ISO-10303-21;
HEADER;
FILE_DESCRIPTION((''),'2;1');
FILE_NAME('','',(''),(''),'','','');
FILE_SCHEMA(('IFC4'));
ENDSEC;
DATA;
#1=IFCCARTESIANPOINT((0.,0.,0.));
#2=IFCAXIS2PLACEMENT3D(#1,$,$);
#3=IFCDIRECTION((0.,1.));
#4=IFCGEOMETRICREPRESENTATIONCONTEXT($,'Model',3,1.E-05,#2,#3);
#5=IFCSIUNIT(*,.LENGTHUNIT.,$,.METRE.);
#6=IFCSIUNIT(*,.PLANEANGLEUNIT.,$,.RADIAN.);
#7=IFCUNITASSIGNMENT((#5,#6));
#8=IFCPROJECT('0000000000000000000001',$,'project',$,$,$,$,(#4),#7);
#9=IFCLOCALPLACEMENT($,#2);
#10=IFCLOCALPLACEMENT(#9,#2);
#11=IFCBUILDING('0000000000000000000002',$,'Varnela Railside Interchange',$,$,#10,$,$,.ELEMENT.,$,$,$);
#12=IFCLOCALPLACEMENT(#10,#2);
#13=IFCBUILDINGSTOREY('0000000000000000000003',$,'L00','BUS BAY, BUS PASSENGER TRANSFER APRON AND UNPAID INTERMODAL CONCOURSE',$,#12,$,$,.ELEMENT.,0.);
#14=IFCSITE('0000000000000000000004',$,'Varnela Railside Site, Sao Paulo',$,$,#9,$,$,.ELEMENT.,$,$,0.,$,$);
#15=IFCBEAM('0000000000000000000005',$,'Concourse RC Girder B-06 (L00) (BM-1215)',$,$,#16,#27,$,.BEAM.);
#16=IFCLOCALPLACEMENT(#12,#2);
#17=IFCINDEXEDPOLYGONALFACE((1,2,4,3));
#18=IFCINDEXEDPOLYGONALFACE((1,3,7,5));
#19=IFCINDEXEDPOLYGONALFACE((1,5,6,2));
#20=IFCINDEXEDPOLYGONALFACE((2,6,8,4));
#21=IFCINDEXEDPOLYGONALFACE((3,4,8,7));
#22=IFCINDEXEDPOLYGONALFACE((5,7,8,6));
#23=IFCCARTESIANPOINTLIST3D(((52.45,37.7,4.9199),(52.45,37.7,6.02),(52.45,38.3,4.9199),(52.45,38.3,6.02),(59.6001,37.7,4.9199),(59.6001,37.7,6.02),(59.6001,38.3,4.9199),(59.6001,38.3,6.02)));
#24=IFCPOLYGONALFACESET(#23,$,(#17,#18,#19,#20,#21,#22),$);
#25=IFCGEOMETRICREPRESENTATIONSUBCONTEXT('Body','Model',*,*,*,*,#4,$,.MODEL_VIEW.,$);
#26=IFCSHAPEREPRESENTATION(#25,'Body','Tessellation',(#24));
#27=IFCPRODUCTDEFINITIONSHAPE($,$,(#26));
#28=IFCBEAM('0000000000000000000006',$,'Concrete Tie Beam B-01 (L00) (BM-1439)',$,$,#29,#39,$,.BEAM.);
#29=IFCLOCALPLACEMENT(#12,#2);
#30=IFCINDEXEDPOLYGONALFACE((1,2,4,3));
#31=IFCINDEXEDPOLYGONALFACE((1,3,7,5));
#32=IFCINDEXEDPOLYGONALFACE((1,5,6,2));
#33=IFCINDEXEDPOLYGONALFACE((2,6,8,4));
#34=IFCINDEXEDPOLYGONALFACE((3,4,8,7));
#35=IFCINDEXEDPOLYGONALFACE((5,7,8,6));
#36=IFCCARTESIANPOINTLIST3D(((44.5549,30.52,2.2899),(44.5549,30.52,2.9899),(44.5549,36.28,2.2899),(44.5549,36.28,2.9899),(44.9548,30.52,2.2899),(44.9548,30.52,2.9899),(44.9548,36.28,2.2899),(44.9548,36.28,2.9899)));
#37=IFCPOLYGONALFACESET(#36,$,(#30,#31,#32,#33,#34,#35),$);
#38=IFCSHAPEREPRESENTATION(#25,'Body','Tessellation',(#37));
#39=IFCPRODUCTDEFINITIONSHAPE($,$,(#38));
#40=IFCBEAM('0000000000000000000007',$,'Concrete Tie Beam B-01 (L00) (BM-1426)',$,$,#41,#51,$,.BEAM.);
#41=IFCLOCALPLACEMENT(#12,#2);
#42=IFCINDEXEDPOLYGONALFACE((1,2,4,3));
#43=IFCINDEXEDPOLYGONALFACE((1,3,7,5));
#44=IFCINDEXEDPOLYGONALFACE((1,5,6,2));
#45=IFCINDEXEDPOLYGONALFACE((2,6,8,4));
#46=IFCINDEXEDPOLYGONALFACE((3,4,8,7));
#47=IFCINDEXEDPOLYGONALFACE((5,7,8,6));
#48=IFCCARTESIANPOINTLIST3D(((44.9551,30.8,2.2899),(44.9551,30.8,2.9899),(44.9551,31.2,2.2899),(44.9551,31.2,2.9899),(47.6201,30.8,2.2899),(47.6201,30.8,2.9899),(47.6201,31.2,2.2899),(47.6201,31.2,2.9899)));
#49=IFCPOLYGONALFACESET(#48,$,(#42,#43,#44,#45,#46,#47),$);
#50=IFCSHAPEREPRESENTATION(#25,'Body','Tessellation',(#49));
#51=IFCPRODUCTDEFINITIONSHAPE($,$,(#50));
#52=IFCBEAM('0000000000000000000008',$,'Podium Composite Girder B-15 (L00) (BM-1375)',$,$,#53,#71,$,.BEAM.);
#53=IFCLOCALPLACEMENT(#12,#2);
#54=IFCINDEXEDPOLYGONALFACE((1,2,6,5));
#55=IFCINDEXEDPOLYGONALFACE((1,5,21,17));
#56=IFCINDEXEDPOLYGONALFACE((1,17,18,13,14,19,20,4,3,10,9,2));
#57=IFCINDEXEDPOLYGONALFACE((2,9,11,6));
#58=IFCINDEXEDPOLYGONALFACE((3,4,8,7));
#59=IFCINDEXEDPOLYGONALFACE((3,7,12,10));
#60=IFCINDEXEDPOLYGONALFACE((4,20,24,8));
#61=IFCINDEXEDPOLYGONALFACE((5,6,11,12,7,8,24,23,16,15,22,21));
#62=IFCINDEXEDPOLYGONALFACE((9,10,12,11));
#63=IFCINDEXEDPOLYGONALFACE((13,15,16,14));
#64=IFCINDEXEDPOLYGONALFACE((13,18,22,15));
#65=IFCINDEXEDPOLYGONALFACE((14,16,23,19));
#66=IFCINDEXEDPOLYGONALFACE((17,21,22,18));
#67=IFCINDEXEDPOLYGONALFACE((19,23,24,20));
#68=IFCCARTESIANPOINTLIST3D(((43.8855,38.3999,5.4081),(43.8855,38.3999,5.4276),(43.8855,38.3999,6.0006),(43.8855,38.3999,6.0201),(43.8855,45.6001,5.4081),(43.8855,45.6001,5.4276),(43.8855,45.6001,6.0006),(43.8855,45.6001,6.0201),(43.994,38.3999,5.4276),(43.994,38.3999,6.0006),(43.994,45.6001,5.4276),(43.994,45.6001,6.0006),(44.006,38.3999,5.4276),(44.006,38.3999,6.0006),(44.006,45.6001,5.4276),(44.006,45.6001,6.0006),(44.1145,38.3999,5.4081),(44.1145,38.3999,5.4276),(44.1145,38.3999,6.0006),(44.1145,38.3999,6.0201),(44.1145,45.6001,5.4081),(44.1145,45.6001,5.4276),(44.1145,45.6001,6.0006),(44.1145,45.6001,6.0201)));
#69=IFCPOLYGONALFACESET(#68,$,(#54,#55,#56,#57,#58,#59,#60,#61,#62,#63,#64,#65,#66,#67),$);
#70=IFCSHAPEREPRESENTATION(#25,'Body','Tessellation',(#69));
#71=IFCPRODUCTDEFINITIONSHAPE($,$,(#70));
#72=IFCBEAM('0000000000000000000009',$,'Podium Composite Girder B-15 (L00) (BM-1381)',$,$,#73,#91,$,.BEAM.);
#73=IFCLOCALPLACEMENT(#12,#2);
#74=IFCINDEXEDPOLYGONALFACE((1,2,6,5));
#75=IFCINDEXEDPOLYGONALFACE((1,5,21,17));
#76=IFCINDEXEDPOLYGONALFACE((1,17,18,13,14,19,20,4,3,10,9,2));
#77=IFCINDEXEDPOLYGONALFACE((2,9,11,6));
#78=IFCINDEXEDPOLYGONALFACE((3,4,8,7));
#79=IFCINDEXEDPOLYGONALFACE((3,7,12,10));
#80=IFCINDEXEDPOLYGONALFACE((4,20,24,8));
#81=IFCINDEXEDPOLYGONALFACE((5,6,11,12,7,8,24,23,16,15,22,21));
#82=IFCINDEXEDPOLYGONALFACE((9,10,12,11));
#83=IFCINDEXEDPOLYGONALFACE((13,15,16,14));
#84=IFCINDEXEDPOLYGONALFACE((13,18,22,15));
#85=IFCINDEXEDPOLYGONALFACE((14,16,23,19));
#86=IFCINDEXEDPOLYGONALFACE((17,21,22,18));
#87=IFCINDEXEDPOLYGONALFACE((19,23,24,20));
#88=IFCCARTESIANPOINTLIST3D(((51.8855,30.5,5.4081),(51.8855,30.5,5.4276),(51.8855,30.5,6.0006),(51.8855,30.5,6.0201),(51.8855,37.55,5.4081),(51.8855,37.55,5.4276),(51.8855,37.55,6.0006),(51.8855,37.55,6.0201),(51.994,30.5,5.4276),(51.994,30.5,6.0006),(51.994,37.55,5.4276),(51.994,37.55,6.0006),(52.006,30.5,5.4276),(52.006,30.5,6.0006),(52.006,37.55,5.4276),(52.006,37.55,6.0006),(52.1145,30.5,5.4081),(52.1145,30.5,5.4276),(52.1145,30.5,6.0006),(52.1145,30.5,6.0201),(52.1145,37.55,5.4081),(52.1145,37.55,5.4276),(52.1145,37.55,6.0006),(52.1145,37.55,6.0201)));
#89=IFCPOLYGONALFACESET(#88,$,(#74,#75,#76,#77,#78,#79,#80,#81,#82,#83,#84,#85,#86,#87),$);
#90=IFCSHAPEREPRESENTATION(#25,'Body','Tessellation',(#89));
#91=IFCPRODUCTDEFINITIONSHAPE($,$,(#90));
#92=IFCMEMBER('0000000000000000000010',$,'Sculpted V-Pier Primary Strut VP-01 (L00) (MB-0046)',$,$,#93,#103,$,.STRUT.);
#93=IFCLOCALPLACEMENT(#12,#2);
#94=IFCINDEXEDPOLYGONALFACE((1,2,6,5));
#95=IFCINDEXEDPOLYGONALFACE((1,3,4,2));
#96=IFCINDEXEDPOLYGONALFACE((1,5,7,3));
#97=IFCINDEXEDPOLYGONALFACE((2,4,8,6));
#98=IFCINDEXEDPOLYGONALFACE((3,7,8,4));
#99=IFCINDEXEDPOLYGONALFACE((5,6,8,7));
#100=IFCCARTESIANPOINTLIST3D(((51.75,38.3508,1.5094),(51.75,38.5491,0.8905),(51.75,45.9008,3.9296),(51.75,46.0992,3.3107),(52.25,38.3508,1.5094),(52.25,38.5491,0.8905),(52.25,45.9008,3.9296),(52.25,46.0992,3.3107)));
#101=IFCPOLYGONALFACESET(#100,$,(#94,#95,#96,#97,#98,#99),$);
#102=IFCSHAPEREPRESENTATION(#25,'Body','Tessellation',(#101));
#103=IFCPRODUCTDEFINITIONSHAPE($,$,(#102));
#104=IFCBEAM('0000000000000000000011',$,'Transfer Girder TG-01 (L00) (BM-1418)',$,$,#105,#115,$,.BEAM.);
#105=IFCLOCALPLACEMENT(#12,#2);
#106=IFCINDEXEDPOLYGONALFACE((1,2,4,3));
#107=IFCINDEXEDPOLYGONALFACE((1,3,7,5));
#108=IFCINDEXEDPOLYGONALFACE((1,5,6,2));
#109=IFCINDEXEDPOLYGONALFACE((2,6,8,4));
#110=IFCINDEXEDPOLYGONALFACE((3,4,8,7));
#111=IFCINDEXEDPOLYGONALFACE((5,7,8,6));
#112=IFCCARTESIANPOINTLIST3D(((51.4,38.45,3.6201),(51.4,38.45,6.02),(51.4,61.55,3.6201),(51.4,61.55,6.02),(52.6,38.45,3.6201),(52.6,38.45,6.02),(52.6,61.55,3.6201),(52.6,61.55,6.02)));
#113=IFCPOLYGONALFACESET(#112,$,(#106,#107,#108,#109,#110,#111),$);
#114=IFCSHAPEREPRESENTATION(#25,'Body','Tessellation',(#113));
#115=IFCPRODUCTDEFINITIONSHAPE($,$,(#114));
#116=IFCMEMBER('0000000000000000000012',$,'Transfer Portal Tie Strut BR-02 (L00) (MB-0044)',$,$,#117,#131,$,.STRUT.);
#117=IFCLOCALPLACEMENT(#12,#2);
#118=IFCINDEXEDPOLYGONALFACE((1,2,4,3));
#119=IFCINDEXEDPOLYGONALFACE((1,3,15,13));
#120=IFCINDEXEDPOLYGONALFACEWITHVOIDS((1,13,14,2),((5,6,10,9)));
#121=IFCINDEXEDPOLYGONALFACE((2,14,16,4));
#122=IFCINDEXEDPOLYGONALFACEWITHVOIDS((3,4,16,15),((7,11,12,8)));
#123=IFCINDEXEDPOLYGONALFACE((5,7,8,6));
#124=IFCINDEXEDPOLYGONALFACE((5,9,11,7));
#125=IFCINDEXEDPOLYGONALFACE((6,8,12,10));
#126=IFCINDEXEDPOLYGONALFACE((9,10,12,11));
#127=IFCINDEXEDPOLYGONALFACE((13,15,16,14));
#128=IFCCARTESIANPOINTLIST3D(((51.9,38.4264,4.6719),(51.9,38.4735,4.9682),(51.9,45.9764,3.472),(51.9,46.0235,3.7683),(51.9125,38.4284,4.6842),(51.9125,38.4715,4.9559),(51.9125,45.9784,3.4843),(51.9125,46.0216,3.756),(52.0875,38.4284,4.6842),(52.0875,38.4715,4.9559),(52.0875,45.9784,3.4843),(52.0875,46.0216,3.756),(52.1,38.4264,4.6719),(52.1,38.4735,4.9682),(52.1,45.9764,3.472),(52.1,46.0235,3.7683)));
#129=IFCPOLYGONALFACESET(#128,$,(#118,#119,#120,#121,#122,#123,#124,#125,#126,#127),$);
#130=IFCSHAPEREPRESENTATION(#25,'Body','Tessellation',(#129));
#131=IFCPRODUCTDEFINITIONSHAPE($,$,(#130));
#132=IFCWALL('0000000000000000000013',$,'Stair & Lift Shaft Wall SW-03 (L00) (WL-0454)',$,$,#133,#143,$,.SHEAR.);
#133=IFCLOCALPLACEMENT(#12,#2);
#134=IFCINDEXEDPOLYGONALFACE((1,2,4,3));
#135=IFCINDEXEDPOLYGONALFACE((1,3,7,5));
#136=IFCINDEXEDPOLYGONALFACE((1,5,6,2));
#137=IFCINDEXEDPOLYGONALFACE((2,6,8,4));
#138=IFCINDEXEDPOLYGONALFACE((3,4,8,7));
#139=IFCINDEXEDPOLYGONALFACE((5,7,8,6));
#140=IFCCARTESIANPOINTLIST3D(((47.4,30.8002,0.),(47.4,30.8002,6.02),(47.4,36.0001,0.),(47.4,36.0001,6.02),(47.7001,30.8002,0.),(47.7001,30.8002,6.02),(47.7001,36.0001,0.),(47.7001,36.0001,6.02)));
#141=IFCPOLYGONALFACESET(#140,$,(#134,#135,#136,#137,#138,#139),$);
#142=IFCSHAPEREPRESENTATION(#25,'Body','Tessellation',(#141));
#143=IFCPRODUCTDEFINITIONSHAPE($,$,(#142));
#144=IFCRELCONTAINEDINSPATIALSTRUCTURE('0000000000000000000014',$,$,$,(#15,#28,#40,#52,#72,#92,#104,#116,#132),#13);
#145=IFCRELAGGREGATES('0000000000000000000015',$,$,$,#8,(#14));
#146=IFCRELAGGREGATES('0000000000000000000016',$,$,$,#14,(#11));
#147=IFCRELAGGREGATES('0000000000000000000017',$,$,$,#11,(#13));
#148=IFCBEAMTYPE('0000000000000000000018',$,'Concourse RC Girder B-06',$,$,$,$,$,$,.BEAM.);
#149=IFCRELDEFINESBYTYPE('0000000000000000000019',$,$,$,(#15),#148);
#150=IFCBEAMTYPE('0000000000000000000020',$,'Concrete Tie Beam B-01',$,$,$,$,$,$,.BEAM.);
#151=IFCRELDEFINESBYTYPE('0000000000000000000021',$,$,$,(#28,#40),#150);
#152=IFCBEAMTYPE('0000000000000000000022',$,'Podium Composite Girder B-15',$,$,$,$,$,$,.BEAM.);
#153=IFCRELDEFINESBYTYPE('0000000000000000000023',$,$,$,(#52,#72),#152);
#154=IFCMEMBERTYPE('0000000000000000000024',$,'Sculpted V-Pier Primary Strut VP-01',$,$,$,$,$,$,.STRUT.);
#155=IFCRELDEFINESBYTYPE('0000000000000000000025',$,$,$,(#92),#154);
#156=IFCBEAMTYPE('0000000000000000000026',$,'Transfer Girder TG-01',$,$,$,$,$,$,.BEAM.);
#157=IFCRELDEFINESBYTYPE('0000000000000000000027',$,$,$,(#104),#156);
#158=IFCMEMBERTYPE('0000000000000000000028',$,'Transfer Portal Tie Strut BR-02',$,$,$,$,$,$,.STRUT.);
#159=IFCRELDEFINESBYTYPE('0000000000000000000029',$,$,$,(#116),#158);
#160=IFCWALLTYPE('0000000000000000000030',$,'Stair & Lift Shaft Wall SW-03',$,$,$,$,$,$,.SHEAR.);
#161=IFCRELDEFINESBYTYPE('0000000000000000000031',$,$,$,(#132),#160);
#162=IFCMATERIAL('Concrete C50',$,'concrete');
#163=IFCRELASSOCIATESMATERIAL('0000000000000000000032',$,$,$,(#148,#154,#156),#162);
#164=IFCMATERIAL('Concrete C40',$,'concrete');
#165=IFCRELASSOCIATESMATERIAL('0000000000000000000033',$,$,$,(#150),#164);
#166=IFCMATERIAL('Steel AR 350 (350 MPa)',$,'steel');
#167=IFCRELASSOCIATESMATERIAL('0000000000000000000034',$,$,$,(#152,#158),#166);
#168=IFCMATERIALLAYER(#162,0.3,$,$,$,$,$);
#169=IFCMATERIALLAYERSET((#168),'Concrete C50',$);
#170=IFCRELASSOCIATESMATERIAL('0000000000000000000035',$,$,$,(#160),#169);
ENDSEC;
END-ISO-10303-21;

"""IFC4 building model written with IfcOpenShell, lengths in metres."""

from ifc_helpers import new_model, si_unit, direction, frame, frame_2d, origin, origin_2d, place, context, subcontext, project, spatial, rectangle, hollow_rectangle, i_section, extrude, material, layer, layer_set, material_profile, profile_set, type_object, element, save


model = new_model("IFC4")

# Units and contexts
model_context = context("Model", 3, precision=1e-05, world=origin(), true_north=direction((0.0, 1.0)))
body_context = subcontext(model_context, "Body", "Model", "MODEL_VIEW")
ifc_project = project(units=[si_unit("LENGTHUNIT", "METRE"), si_unit("PLANEANGLEUNIT", "RADIAN")], contexts=[model_context])

# Site, building, storey
site_placement = place(None, origin())
site = spatial("IfcSite", under=ifc_project, at=site_placement, Name="Varnela Railside Site, Sao Paulo", CompositionType="ELEMENT", RefElevation=0.0)
building_placement = place(site_placement, origin())
building = spatial("IfcBuilding", under=site, at=building_placement, Name="Varnela Railside Interchange", CompositionType="ELEMENT")
storey_placement = place(building_placement, origin())
storey = spatial("IfcBuildingStorey", under=building, at=storey_placement, Name="L00", Description="BUS BAY, BUS PASSENGER TRANSFER APRON AND UNPAID INTERMODAL CONCOURSE", CompositionType="ELEMENT", Elevation=0.0)

# Shared definitions
ifc_material_1 = material(Name="Concrete C50", Category="concrete")

# Beams
ifc_material_2 = material(Name="Steel AR 350 (350 MPa)", Category="steel")
ifc_material_profile_1 = material_profile(ifc_material_1, rectangle(XDim=0.6001, YDim=1.1001, at=origin_2d()), Name="RC 600x1100")
ifc_profile_set_1 = profile_set([ifc_material_profile_1], Name="Concrete C50")
beam_type_1 = type_object("IfcBeamType", Name="Concourse RC Girder B-06", PredefinedType="BEAM", material=ifc_profile_set_1)
for number, where, z_axis, x_axis, name in (
    (1, (52.45, 38.0, 5.47), (1.0, 0.0, 0.0), (0.0, 1.0, 0.0), "Concourse RC Girder B-06 (L00) (BM-1215)"),
):
    element("IfcBeam", number, at=place(storey_placement, frame(where, z_axis=z_axis, x_axis=x_axis)), inside=storey, type_object=beam_type_1, Name=name, PredefinedType="BEAM", context=body_context, shape_type="SweptSolid", body=[
        extrude(rectangle(XDim=0.6001, YDim=1.1001, at=origin_2d()), origin(), (0.0, 0.0, 1.0), 7.1501),
    ])
ifc_material_3 = material(Name="Concrete C40", Category="concrete")
ifc_material_profile_2 = material_profile(ifc_material_3, rectangle(XDim=0.3999, YDim=0.7, at=origin_2d()), Name="RC 400x700")
ifc_profile_set_2 = profile_set([ifc_material_profile_2], Name="Concrete C40")
beam_type_2 = type_object("IfcBeamType", Name="Concrete Tie Beam B-01", PredefinedType="BEAM", material=ifc_profile_set_2)
beam_1_placement = place(storey_placement, frame((44.7549, 30.52, 2.6399), z_axis=(0.0, 1.0, 0.0), x_axis=(-1.0, 0.0, 0.0)))
element("IfcBeam", 2, at=beam_1_placement, inside=storey, type_object=beam_type_2, Name="Concrete Tie Beam B-01 (L00) (BM-1439)", PredefinedType="BEAM", context=body_context, shape_type="SweptSolid", body=[
    extrude(rectangle(XDim=0.3999, YDim=0.7, at=origin_2d()), origin(), (0.0, 0.0, 1.0), 5.76),
])
beam_2_placement = place(storey_placement, frame((44.9551, 31.0, 2.6399), z_axis=(1.0, 0.0, 0.0), x_axis=(0.0, 1.0, 0.0)))
element("IfcBeam", 3, at=beam_2_placement, inside=storey, type_object=beam_type_2, Name="Concrete Tie Beam B-01 (L00) (BM-1426)", PredefinedType="BEAM", context=body_context, shape_type="SweptSolid", body=[
    extrude(rectangle(XDim=0.3999, YDim=0.7, at=origin_2d()), origin(), (0.0, 0.0, 1.0), 2.665),
])
ifc_material_profile_3 = material_profile(ifc_material_2, i_section(OverallWidth=0.229, OverallDepth=0.6121, WebThickness=0.012, FlangeThickness=0.0195, at=origin_2d()), Name="W610x125")
ifc_profile_set_3 = profile_set([ifc_material_profile_3], Name="Steel AR 350 (350 MPa)")
beam_type_3 = type_object("IfcBeamType", Name="Podium Composite Girder B-15", PredefinedType="BEAM", material=ifc_profile_set_3)
beam_3_placement = place(storey_placement, frame((44.0, 38.3999, 5.7141), z_axis=(0.0, 1.0, 0.0), x_axis=(-1.0, 0.0, 0.0)))
element("IfcBeam", 4, at=beam_3_placement, inside=storey, type_object=beam_type_3, Name="Podium Composite Girder B-15 (L00) (BM-1375)", PredefinedType="BEAM", context=body_context, shape_type="SweptSolid", body=[
    extrude(i_section(OverallWidth=0.229, OverallDepth=0.6121, WebThickness=0.012, FlangeThickness=0.0195, at=origin_2d()), origin(), (0.0, 0.0, 1.0), 7.2002),
])
beam_4_placement = place(storey_placement, frame((52.0, 30.5, 5.7141), z_axis=(0.0, 1.0, 0.0), x_axis=(-1.0, 0.0, 0.0)))
element("IfcBeam", 5, at=beam_4_placement, inside=storey, type_object=beam_type_3, Name="Podium Composite Girder B-15 (L00) (BM-1381)", PredefinedType="BEAM", context=body_context, shape_type="SweptSolid", body=[
    extrude(i_section(OverallWidth=0.229, OverallDepth=0.6121, WebThickness=0.012, FlangeThickness=0.0195, at=origin_2d()), origin(), (0.0, 0.0, 1.0), 7.05),
])

# Member
ifc_material_profile_4 = material_profile(ifc_material_1, rectangle(XDim=0.5, YDim=0.6499, at=origin_2d()), Name="RC 500x650")
ifc_profile_set_4 = profile_set([ifc_material_profile_4], Name="Concrete C50")
member_type_1 = type_object("IfcMemberType", Name="Sculpted V-Pier Primary Strut VP-01", PredefinedType="STRUT", material=ifc_profile_set_4)
member_1_placement = place(storey_placement, frame((52.0, 38.45, 1.2), z_axis=(0.0, 0.952272, 0.305251), x_axis=(-1.0, 0.0, 0.0)))
element("IfcMember", 6, at=member_1_placement, inside=storey, type_object=member_type_1, Name="Sculpted V-Pier Primary Strut VP-01 (L00) (MB-0046)", PredefinedType="STRUT", context=body_context, shape_type="SweptSolid", body=[
    extrude(rectangle(XDim=0.5, YDim=0.6499, at=origin_2d()), origin(), (0.0, 0.0, 1.0), 7.9285),
])

# Beam
ifc_material_profile_5 = material_profile(ifc_material_1, rectangle(XDim=1.2, YDim=2.3999, at=origin_2d()), Name="RC 1200x2400")
ifc_profile_set_5 = profile_set([ifc_material_profile_5], Name="Concrete C50")
beam_type_4 = type_object("IfcBeamType", Name="Transfer Girder TG-01", PredefinedType="BEAM", material=ifc_profile_set_5)
beam_5_placement = place(storey_placement, frame((52.0, 38.45, 4.8201), z_axis=(0.0, 1.0, 0.0), x_axis=(-1.0, 0.0, 0.0)))
element("IfcBeam", 7, at=beam_5_placement, inside=storey, type_object=beam_type_4, Name="Transfer Girder TG-01 (L00) (BM-1418)", PredefinedType="BEAM", context=body_context, shape_type="SweptSolid", body=[
    extrude(rectangle(XDim=1.2, YDim=2.3999, at=origin_2d()), origin(), (0.0, 0.0, 1.0), 23.1001),
])

# Member
ifc_material_profile_6 = material_profile(ifc_material_2, hollow_rectangle(XDim=0.2, YDim=0.3, WallThickness=0.0125, at=origin_2d()), Name="HSS 300x200x12.5")
ifc_profile_set_6 = profile_set([ifc_material_profile_6], Name="Steel AR 350 (350 MPa)")
member_type_2 = type_object("IfcMemberType", Name="Transfer Portal Tie Strut BR-02", PredefinedType="STRUT", material=ifc_profile_set_6)
member_2_placement = place(storey_placement, frame((52.0, 38.45, 4.8201), z_axis=(0.0, 0.987605, -0.156963), x_axis=(-1.0, 0.0, 0.0)))
element("IfcMember", 8, at=member_2_placement, inside=storey, type_object=member_type_2, Name="Transfer Portal Tie Strut BR-02 (L00) (MB-0044)", PredefinedType="STRUT", context=body_context, shape_type="SweptSolid", body=[
    extrude(hollow_rectangle(XDim=0.2, YDim=0.3, WallThickness=0.0125, at=origin_2d()), origin(), (0.0, 0.0, 1.0), 7.6448),
])

# Wall
ifc_layer = layer(ifc_material_1, 0.3)
ifc_layer_set = layer_set([ifc_layer], Name="Concrete C50")
wall_type = type_object("IfcWallType", Name="Stair & Lift Shaft Wall SW-03", PredefinedType="SHEAR", material=ifc_layer_set)
wall_placement = place(storey_placement, frame((47.55, 30.8, 0.0), z_axis=(0.0, 0.0, 1.0), x_axis=(0.0, 1.0, 0.0)))
element("IfcWall", 9, at=wall_placement, inside=storey, type_object=wall_type, Name="Stair & Lift Shaft Wall SW-03 (L00) (WL-0454)", PredefinedType="SHEAR", context=body_context, shape_type="SweptSolid", body=[
    extrude(rectangle(XDim=5.2, YDim=0.3, at=frame_2d((2.6001, 0.0))), origin(), (0.0, 0.0, 1.0), 6.02),
])

save(model, "model.ifc")
